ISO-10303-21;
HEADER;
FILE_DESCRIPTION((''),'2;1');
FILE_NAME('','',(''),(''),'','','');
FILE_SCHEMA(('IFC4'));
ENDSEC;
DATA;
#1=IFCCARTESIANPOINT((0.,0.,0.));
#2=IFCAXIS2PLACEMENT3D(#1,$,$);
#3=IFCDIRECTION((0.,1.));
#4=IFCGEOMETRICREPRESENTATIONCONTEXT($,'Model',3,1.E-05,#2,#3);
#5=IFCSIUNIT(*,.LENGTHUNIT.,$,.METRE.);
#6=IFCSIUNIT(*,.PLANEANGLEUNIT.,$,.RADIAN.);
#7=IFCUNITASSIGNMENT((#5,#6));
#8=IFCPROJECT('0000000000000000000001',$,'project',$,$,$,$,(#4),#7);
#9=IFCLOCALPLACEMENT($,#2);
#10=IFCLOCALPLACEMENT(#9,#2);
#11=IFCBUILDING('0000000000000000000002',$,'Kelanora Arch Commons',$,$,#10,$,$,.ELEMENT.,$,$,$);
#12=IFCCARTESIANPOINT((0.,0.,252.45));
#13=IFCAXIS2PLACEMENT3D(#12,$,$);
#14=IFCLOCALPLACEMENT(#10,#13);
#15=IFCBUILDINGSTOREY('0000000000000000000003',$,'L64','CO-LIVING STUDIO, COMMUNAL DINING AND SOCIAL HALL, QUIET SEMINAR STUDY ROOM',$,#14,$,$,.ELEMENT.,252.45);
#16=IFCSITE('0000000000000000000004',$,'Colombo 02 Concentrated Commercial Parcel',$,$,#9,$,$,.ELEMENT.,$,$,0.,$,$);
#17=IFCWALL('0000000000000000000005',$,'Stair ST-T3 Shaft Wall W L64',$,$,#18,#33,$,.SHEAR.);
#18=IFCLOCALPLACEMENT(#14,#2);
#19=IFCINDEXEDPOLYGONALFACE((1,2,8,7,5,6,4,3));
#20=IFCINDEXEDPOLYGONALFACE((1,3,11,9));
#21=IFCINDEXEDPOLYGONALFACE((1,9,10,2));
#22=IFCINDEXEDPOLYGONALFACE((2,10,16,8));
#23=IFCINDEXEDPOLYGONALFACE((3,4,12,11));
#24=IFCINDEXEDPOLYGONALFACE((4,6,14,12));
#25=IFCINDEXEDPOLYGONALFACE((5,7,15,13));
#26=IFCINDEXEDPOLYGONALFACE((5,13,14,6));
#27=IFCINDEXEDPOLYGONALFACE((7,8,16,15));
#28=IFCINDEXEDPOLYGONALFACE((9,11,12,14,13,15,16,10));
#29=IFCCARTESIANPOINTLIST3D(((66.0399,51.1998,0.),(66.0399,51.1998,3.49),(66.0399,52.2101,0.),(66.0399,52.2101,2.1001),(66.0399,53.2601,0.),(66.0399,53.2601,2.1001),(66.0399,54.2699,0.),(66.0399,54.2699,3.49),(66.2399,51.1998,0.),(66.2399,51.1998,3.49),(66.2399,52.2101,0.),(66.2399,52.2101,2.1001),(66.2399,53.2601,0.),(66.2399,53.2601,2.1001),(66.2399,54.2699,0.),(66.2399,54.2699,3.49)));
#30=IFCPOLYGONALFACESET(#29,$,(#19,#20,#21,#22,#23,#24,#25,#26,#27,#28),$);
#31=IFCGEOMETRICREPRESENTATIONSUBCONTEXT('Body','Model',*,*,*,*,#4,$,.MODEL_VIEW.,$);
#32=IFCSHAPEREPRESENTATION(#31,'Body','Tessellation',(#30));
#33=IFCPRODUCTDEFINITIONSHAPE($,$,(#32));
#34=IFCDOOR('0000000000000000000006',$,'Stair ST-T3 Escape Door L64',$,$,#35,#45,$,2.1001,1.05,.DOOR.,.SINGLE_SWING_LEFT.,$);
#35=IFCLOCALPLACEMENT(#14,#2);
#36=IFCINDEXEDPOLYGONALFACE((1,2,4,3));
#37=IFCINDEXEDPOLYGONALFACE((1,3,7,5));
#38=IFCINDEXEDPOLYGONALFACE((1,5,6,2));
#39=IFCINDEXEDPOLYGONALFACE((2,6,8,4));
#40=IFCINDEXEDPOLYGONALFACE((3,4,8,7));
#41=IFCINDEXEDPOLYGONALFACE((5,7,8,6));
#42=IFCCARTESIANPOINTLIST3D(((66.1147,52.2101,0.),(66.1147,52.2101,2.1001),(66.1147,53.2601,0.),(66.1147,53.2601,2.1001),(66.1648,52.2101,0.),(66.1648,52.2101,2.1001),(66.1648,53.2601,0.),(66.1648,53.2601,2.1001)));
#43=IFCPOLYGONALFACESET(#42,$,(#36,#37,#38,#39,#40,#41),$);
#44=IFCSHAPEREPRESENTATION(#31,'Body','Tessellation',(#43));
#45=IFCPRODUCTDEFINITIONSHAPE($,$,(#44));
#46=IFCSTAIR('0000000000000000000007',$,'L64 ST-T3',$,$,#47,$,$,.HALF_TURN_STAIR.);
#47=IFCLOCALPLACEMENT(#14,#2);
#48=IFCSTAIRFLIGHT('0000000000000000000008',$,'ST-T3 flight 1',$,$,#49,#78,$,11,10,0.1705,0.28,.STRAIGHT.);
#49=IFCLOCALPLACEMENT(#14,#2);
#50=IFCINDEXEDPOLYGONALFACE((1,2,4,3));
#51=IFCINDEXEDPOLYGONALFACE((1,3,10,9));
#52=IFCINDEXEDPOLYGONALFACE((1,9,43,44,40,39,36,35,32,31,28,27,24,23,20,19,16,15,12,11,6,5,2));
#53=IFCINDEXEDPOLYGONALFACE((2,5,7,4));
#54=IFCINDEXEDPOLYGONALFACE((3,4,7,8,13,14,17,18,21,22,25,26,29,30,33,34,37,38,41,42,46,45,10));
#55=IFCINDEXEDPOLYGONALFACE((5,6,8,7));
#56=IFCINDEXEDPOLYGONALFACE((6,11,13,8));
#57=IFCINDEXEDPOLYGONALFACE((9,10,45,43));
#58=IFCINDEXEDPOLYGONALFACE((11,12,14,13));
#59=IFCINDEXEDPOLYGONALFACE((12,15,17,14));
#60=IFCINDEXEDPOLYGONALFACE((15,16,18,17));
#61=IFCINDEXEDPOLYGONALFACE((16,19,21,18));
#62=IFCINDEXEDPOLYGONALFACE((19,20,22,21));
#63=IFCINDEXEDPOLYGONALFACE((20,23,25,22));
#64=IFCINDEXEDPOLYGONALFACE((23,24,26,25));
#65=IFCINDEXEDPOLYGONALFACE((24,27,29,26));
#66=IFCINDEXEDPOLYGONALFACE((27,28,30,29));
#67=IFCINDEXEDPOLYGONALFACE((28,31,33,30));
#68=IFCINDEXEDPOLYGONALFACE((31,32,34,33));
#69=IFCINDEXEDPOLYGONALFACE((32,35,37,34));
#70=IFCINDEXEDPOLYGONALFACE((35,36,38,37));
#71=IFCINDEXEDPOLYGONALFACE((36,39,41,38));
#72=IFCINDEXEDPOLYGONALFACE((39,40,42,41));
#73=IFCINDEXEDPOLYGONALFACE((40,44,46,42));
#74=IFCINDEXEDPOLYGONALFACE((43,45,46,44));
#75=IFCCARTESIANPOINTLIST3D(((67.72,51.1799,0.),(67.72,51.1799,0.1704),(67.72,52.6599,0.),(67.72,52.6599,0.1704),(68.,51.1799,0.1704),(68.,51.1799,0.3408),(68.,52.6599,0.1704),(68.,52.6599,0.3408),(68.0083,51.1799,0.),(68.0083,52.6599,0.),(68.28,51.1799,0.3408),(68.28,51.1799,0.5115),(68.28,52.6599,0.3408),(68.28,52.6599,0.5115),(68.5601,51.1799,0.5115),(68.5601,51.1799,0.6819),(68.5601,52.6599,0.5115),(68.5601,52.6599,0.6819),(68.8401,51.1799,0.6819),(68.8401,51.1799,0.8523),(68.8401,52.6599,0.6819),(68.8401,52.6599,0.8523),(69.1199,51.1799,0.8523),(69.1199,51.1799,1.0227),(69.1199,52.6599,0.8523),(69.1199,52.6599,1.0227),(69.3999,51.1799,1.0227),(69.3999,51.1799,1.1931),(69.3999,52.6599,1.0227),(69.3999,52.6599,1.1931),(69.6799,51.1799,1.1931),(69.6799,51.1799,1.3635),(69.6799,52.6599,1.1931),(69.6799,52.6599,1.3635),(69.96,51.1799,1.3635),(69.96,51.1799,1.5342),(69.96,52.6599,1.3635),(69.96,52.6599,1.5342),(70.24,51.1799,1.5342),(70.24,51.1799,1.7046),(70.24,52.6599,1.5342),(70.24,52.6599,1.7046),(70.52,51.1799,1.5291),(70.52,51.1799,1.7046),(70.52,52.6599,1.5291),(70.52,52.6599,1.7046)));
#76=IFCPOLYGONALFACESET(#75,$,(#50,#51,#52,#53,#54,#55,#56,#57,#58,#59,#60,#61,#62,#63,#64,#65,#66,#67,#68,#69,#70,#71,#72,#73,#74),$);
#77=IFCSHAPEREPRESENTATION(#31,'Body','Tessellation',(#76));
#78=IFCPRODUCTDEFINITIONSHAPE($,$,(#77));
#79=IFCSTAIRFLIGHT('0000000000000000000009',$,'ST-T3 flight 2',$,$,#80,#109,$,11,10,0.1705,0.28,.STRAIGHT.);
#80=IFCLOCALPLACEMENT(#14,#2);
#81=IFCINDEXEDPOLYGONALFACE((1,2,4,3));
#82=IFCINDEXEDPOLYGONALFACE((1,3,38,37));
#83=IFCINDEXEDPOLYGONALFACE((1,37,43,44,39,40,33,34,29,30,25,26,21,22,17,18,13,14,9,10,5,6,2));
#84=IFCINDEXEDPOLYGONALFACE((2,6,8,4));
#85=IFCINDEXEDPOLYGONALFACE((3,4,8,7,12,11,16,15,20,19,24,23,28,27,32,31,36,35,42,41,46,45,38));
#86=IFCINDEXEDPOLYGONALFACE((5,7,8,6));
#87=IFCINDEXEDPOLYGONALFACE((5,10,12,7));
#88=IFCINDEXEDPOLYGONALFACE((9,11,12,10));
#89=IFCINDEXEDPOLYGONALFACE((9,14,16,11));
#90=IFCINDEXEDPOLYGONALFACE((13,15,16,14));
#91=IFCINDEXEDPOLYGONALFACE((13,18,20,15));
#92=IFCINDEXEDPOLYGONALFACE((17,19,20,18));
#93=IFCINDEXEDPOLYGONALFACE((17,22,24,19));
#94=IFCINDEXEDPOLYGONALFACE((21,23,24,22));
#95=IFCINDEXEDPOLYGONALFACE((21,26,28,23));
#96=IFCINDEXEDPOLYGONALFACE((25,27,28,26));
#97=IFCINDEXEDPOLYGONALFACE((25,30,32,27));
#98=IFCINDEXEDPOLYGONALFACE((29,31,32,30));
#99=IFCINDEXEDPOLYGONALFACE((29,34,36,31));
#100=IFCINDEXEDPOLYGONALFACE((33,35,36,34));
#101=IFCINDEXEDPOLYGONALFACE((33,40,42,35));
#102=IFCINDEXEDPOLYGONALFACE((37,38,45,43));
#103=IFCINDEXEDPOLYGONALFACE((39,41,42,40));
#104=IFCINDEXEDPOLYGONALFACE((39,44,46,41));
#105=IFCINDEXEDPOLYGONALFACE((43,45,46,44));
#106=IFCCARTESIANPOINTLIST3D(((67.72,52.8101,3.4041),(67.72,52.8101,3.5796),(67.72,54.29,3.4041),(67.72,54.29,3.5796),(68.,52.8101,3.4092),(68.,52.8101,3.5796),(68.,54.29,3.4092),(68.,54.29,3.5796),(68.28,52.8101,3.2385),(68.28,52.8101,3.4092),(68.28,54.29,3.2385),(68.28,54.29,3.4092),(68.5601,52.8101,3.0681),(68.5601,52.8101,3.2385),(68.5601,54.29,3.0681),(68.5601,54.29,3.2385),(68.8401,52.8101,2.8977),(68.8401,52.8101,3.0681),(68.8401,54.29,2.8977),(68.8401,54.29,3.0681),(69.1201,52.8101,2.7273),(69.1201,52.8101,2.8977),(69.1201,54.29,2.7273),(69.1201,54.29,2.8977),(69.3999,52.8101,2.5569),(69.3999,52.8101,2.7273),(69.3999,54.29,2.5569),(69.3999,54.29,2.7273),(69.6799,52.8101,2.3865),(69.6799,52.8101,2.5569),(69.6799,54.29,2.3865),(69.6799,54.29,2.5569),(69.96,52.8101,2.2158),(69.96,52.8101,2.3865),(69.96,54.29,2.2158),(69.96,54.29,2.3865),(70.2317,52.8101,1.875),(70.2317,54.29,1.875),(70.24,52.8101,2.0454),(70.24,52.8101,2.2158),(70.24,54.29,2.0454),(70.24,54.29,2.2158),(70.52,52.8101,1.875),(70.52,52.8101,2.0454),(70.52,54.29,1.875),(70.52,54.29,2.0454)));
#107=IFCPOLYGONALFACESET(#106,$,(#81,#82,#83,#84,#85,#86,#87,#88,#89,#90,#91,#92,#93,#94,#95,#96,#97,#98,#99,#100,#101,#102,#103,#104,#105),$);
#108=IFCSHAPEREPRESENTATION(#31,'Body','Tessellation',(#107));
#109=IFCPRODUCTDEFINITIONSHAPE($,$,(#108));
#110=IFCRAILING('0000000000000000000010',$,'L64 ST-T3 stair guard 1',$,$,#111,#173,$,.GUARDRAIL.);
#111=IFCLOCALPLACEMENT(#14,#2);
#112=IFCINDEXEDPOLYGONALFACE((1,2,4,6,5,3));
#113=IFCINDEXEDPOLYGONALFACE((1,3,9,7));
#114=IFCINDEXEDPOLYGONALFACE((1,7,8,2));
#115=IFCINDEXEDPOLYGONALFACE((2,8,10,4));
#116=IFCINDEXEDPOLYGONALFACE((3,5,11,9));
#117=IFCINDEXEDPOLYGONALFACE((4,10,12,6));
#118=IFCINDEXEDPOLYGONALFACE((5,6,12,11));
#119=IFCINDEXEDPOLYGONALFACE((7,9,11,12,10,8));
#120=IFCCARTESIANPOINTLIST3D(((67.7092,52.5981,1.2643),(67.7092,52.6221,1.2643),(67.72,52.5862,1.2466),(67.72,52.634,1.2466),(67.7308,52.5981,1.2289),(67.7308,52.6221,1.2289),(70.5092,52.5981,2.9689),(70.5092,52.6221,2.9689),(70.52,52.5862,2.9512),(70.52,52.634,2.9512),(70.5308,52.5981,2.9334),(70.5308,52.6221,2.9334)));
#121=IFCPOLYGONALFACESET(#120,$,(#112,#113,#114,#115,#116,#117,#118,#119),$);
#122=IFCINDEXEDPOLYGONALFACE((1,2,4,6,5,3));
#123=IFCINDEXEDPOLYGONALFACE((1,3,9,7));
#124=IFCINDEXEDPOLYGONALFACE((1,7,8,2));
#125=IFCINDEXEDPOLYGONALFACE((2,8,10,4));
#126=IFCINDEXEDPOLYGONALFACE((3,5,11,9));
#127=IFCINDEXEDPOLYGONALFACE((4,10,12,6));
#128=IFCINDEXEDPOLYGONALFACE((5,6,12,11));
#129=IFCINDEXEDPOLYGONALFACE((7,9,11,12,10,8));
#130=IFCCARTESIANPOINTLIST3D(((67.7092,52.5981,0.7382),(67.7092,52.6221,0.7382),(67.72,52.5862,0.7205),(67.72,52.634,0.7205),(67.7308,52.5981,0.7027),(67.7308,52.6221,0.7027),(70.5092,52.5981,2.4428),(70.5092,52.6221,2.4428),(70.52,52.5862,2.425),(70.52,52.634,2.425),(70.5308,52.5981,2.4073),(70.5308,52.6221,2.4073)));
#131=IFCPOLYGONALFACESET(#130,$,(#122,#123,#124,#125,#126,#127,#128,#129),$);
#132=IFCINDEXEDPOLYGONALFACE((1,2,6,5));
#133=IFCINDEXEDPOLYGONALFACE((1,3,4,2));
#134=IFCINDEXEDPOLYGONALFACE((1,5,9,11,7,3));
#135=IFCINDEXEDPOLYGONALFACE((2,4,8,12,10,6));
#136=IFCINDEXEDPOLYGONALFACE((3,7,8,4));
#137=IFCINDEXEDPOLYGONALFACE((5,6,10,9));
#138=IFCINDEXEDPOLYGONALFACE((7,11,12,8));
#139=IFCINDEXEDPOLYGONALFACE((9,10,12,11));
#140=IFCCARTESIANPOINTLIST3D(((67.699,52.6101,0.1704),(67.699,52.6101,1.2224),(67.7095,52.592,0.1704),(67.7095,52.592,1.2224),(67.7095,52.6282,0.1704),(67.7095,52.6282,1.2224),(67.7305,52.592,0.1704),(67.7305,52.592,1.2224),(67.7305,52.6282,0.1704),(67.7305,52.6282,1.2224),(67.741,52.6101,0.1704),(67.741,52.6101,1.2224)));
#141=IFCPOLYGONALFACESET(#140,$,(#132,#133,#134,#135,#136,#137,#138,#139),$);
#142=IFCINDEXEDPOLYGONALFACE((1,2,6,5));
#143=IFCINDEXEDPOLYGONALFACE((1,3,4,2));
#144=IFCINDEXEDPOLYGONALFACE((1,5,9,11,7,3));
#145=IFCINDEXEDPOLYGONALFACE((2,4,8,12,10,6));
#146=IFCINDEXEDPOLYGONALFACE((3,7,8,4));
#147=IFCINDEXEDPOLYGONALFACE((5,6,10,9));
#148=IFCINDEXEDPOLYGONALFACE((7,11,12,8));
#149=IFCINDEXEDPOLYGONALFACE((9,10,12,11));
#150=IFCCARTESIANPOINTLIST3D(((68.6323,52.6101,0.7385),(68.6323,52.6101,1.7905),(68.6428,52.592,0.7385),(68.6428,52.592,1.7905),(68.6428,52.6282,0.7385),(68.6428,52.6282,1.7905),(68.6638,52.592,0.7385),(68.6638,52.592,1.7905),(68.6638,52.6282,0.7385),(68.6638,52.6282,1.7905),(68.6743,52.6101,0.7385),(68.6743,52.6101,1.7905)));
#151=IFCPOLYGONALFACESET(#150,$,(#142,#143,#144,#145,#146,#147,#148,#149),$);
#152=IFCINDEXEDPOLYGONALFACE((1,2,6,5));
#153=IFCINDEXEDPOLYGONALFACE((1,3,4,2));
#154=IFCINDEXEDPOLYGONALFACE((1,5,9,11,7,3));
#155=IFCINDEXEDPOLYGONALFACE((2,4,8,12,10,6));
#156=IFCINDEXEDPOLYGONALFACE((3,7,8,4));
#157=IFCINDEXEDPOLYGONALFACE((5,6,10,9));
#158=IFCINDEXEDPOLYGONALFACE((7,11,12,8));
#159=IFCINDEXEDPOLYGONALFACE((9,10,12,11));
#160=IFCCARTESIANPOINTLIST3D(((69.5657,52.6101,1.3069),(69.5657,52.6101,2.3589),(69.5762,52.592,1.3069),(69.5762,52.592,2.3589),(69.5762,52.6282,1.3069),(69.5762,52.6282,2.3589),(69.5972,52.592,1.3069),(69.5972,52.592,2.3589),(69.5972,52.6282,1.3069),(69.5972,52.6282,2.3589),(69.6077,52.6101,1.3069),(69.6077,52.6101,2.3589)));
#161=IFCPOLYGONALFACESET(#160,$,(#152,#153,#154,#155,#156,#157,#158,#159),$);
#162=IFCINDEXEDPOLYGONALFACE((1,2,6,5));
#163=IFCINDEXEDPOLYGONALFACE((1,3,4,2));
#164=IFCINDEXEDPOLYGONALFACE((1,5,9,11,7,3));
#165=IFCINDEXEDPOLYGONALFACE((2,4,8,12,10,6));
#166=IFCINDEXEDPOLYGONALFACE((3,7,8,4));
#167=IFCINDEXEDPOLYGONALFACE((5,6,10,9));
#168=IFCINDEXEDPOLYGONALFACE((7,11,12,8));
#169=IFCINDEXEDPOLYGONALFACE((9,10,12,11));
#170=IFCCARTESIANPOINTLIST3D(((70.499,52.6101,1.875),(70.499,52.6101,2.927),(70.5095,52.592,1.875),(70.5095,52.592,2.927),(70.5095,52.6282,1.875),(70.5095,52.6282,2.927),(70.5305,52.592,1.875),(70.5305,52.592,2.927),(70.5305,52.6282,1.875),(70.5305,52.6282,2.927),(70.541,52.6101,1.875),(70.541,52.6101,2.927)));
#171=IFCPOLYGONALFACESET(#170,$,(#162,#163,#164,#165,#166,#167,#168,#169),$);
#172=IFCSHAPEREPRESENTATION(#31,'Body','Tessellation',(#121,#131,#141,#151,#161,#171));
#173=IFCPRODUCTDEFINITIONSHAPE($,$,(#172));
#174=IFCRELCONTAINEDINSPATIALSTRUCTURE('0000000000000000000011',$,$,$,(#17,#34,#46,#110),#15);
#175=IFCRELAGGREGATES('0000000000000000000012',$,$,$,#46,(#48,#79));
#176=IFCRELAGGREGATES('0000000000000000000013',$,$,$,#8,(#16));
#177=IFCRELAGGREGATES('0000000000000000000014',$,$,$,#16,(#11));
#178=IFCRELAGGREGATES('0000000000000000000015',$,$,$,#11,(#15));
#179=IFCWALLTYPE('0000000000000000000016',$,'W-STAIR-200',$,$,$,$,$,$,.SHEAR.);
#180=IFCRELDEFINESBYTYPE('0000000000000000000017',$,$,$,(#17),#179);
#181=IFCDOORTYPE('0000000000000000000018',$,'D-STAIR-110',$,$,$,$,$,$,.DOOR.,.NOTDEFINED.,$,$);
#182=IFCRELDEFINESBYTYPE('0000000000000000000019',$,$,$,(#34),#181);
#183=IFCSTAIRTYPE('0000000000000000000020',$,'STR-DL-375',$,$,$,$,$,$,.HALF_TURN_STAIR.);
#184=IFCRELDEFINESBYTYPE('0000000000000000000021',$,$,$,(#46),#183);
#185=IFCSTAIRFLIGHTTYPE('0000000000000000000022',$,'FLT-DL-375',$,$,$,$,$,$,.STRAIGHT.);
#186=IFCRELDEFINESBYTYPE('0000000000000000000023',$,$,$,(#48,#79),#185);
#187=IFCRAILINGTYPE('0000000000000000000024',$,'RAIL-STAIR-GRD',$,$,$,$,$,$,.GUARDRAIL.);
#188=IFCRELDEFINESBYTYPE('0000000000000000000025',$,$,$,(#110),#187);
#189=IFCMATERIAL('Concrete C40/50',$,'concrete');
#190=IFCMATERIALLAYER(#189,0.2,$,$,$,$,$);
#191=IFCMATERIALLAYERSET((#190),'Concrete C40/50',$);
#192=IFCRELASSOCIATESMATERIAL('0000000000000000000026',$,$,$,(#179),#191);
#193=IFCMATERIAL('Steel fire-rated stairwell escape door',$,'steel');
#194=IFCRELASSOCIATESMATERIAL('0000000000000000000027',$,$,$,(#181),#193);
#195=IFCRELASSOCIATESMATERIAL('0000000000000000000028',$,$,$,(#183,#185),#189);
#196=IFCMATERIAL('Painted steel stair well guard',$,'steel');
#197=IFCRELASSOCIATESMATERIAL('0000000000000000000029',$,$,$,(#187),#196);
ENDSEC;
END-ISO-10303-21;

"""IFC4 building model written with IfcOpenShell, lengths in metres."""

from ifc_helpers import new_model, si_unit, direction, frame, frame_2d, origin, place, context, subcontext, project, spatial, polyline, rectangle, outline, extrude, material, layer, layer_set, type_object, element, fill, aggregate, save


model = new_model("IFC4")

# Units and contexts
model_context = context("Model", 3, precision=1e-05, world=origin(), true_north=direction((0.0, 1.0)))
body_context = subcontext(model_context, "Body", "Model", "MODEL_VIEW")
ifc_project = project(units=[si_unit("LENGTHUNIT", "METRE"), si_unit("PLANEANGLEUNIT", "RADIAN")], contexts=[model_context])

# Site, building, storey
site_placement = place(None, origin())
site = spatial("IfcSite", under=ifc_project, at=site_placement, Name="Colombo 02 Concentrated Commercial Parcel", CompositionType="ELEMENT", RefElevation=0.0)
building_placement = place(site_placement, origin())
building = spatial("IfcBuilding", under=site, at=building_placement, Name="Kelanora Arch Commons", CompositionType="ELEMENT")
storey_placement = place(building_placement, frame((0.0, 0.0, 252.45)))
storey = spatial("IfcBuildingStorey", under=building, at=storey_placement, Name="L64", Description="CO-LIVING STUDIO, COMMUNAL DINING AND SOCIAL HALL, QUIET SEMINAR STUDY ROOM", CompositionType="ELEMENT", Elevation=252.45)

# Shared definitions
ifc_material_1 = material(Name="Concrete C40/50", Category="concrete")

# Shared definitions
ifc_layer_1 = layer(ifc_material_1, 0.2)
ifc_layer_set_1 = layer_set([ifc_layer_1], Name="Concrete C40/50")
wall_type_1 = type_object("IfcWallType", Name="W-STAIR-200", PredefinedType="SHEAR", material=ifc_layer_set_1)

# Wall, opening, door
wall_1_placement = place(storey_placement, frame((66.1399, 54.27, 0.0), z_axis=(0.0, 0.0, 1.0), x_axis=(0.0, -1.0, 0.0)))
wall_1 = element("IfcWall", 1, at=wall_1_placement, inside=storey, type_object=wall_type_1, Name="Stair ST-T3 Shaft Wall W L64", PredefinedType="SHEAR", context=body_context, shape_type="SweptSolid", body=[
    extrude(rectangle(XDim=3.0701, YDim=0.2, at=frame_2d((1.5352, 0.0))), origin(), (0.0, 0.0, 1.0), 3.49),
])
opening_1_placement = place(wall_1_placement, frame((1.01, 0.0, 0.0)))
opening_1 = element("IfcOpeningElement", 2, at=opening_1_placement, cuts=wall_1, PredefinedType="OPENING", context=body_context, shape_type="SweptSolid", body=[
    extrude(rectangle(XDim=1.05, YDim=2.1001, at=frame_2d((0.5249, 1.05))), frame((0.0, 0.1099, 0.0), z_axis=(0.0, -1.0, 0.0), x_axis=(1.0, 0.0, 0.0)), (0.0, 0.0, 1.0), 0.22),
])
ifc_material_2 = material(Name="Steel fire-rated stairwell escape door", Category="steel")
door_type_1 = type_object("IfcDoorType", Name="D-STAIR-110", OperationType="NOTDEFINED", PredefinedType="DOOR", material=ifc_material_2)
door_1_placement = place(opening_1_placement, origin())
door_1 = element("IfcDoor", 3, at=door_1_placement, inside=storey, type_object=door_type_1, Name="Stair ST-T3 Escape Door L64", OperationType="SINGLE_SWING_LEFT", OverallHeight=2.1001, OverallWidth=1.05, PredefinedType="DOOR", context=body_context, shape_type="SweptSolid", body=[
    extrude(rectangle(XDim=1.05, YDim=2.1001, at=frame_2d((0.5249, 1.05))), frame((0.0, 0.0249, 0.0), z_axis=(0.0, -1.0, 0.0), x_axis=(1.0, 0.0, 0.0)), (0.0, 0.0, 1.0), 0.05),
])
fill(opening_1, door_1)

# Stair, stair flights
stair_type = type_object("IfcStairType", Name="STR-DL-375", PredefinedType="HALF_TURN_STAIR", material=ifc_material_1)
stair_placement = place(storey_placement, origin())
stair = element("IfcStair", 4, at=stair_placement, inside=storey, type_object=stair_type, Name="L64 ST-T3", PredefinedType="HALF_TURN_STAIR")
stair_flight_type = type_object("IfcStairFlightType", Name="FLT-DL-375", PredefinedType="STRAIGHT", material=ifc_material_1)
stair_flight_1_placement = place(storey_placement, frame((67.72, 51.9199, 0.0), z_axis=(0.0, 0.0, 1.0), x_axis=(1.0, 0.0, 0.0)))
stair_flight_1 = element("IfcStairFlight", 5, at=stair_flight_1_placement, type_object=stair_flight_type, Name="ST-T3 flight 1", NumberOfRisers=11, NumberOfTreads=10, PredefinedType="STRAIGHT", RiserHeight=0.1705, TreadLength=0.28, context=body_context, shape_type="SweptSolid", body=[
    extrude(outline(polyline([(0.0, 0.0), (0.0, 0.1704), (0.28, 0.1704), (0.28, 0.3408), (0.5601, 0.3408), (0.5601, 0.5115), (0.8401, 0.5115), (0.8401, 0.6819), (1.1201, 0.6819), (1.1201, 0.8523), (1.3999, 0.8523), (1.3999, 1.0227), (1.6799, 1.0227), (1.6799, 1.1931), (1.96, 1.1931), (1.96, 1.3635), (2.24, 1.3635), (2.24, 1.5342), (2.52, 1.5342), (2.52, 1.7046), (2.8, 1.7046), (2.8, 1.875), (2.8, 1.5291), (0.2883, 0.0), (0.0, 0.0)])), frame((0.0, 0.74, 0.0), z_axis=(0.0, -1.0, 0.0), x_axis=(1.0, 0.0, 0.0)), (0.0, 0.0, 1.0), 1.48),
])
stair_flight_2_placement = place(storey_placement, frame((70.52, 53.55, 1.875), z_axis=(0.0, 0.0, 1.0), x_axis=(-1.0, 0.0, 0.0)))
stair_flight_2 = element("IfcStairFlight", 6, at=stair_flight_2_placement, type_object=stair_flight_type, Name="ST-T3 flight 2", NumberOfRisers=11, NumberOfTreads=10, PredefinedType="STRAIGHT", RiserHeight=0.1705, TreadLength=0.28, context=body_context, shape_type="SweptSolid", body=[
    extrude(outline(polyline([(0.0, 0.0), (0.0, 0.1704), (0.28, 0.1704), (0.28, 0.3408), (0.5601, 0.3408), (0.5601, 0.5115), (0.8401, 0.5115), (0.8401, 0.6819), (1.1201, 0.6819), (1.1201, 0.8523), (1.3999, 0.8523), (1.3999, 1.0227), (1.6799, 1.0227), (1.6799, 1.1931), (1.96, 1.1931), (1.96, 1.3635), (2.24, 1.3635), (2.24, 1.5342), (2.52, 1.5342), (2.52, 1.7046), (2.8, 1.7046), (2.8, 1.875), (2.8, 1.5291), (0.2883, 0.0), (0.0, 0.0)])), frame((0.0, 0.74, 0.0), z_axis=(0.0, -1.0, 0.0), x_axis=(1.0, 0.0, 0.0)), (0.0, 0.0, 1.0), 1.48),
])
aggregate(stair, [stair_flight_1, stair_flight_2])

# Railing
ifc_material_3 = material(Name="Painted steel stair well guard", Category="steel")
railing_type_1 = type_object("IfcRailingType", Name="RAIL-STAIR-GRD", PredefinedType="GUARDRAIL", material=ifc_material_3)
railing_1_placement = place(storey_placement, frame((67.72, 52.6101, 0.1704)))
element("IfcRailing", 7, at=railing_1_placement, inside=storey, type_object=railing_type_1, Name="L64 ST-T3 stair guard 1", PredefinedType="GUARDRAIL", context=body_context, shape_type="SweptSolid", body=[
    extrude(outline(polyline([(0.0239, 0.0), (0.012, 0.0208), (-0.012, 0.0208), (-0.0239, 0.0), (-0.012, -0.0208), (0.012, -0.0208), (0.0239, 0.0)])), frame((0.0, 0.0, 1.0762), z_axis=(0.85417, 0.0, 0.519994), x_axis=(0.0, 1.0, 0.0)), (0.0, 0.0, 1.0), 3.2781),
    extrude(outline(polyline([(0.0239, 0.0), (0.012, 0.0208), (-0.012, 0.0208), (-0.0239, 0.0), (-0.012, -0.0208), (0.012, -0.0208), (0.0239, 0.0)])), frame((0.0, 0.0, 0.55), z_axis=(0.85417, 0.0, 0.519994), x_axis=(0.0, 1.0, 0.0)), (0.0, 0.0, 1.0), 3.2781),
    extrude(outline(polyline([(0.021, 0.0), (0.0105, 0.0181), (-0.0105, 0.0181), (-0.021, 0.0), (-0.0105, -0.0181), (0.0105, -0.0181), (0.021, 0.0)])), origin(), (0.0, 0.0, 1.0), 1.052),
    extrude(outline(polyline([(0.021, 0.0), (0.0105, 0.0181), (-0.0105, 0.0181), (-0.021, 0.0), (-0.0105, -0.0181), (0.0105, -0.0181), (0.021, 0.0)])), frame((0.9333, 0.0, 0.5681)), (0.0, 0.0, 1.0), 1.052),
    extrude(outline(polyline([(0.021, 0.0), (0.0105, 0.0181), (-0.0105, 0.0181), (-0.021, 0.0), (-0.0105, -0.0181), (0.0105, -0.0181), (0.021, 0.0)])), frame((1.8667, 0.0, 1.1365)), (0.0, 0.0, 1.0), 1.052),
    extrude(outline(polyline([(0.021, 0.0), (0.0105, 0.0181), (-0.0105, 0.0181), (-0.021, 0.0), (-0.0105, -0.0181), (0.0105, -0.0181), (0.021, 0.0)])), frame((2.8, 0.0, 1.7046)), (0.0, 0.0, 1.0), 1.052),
])

save(model, "model.ifc")
